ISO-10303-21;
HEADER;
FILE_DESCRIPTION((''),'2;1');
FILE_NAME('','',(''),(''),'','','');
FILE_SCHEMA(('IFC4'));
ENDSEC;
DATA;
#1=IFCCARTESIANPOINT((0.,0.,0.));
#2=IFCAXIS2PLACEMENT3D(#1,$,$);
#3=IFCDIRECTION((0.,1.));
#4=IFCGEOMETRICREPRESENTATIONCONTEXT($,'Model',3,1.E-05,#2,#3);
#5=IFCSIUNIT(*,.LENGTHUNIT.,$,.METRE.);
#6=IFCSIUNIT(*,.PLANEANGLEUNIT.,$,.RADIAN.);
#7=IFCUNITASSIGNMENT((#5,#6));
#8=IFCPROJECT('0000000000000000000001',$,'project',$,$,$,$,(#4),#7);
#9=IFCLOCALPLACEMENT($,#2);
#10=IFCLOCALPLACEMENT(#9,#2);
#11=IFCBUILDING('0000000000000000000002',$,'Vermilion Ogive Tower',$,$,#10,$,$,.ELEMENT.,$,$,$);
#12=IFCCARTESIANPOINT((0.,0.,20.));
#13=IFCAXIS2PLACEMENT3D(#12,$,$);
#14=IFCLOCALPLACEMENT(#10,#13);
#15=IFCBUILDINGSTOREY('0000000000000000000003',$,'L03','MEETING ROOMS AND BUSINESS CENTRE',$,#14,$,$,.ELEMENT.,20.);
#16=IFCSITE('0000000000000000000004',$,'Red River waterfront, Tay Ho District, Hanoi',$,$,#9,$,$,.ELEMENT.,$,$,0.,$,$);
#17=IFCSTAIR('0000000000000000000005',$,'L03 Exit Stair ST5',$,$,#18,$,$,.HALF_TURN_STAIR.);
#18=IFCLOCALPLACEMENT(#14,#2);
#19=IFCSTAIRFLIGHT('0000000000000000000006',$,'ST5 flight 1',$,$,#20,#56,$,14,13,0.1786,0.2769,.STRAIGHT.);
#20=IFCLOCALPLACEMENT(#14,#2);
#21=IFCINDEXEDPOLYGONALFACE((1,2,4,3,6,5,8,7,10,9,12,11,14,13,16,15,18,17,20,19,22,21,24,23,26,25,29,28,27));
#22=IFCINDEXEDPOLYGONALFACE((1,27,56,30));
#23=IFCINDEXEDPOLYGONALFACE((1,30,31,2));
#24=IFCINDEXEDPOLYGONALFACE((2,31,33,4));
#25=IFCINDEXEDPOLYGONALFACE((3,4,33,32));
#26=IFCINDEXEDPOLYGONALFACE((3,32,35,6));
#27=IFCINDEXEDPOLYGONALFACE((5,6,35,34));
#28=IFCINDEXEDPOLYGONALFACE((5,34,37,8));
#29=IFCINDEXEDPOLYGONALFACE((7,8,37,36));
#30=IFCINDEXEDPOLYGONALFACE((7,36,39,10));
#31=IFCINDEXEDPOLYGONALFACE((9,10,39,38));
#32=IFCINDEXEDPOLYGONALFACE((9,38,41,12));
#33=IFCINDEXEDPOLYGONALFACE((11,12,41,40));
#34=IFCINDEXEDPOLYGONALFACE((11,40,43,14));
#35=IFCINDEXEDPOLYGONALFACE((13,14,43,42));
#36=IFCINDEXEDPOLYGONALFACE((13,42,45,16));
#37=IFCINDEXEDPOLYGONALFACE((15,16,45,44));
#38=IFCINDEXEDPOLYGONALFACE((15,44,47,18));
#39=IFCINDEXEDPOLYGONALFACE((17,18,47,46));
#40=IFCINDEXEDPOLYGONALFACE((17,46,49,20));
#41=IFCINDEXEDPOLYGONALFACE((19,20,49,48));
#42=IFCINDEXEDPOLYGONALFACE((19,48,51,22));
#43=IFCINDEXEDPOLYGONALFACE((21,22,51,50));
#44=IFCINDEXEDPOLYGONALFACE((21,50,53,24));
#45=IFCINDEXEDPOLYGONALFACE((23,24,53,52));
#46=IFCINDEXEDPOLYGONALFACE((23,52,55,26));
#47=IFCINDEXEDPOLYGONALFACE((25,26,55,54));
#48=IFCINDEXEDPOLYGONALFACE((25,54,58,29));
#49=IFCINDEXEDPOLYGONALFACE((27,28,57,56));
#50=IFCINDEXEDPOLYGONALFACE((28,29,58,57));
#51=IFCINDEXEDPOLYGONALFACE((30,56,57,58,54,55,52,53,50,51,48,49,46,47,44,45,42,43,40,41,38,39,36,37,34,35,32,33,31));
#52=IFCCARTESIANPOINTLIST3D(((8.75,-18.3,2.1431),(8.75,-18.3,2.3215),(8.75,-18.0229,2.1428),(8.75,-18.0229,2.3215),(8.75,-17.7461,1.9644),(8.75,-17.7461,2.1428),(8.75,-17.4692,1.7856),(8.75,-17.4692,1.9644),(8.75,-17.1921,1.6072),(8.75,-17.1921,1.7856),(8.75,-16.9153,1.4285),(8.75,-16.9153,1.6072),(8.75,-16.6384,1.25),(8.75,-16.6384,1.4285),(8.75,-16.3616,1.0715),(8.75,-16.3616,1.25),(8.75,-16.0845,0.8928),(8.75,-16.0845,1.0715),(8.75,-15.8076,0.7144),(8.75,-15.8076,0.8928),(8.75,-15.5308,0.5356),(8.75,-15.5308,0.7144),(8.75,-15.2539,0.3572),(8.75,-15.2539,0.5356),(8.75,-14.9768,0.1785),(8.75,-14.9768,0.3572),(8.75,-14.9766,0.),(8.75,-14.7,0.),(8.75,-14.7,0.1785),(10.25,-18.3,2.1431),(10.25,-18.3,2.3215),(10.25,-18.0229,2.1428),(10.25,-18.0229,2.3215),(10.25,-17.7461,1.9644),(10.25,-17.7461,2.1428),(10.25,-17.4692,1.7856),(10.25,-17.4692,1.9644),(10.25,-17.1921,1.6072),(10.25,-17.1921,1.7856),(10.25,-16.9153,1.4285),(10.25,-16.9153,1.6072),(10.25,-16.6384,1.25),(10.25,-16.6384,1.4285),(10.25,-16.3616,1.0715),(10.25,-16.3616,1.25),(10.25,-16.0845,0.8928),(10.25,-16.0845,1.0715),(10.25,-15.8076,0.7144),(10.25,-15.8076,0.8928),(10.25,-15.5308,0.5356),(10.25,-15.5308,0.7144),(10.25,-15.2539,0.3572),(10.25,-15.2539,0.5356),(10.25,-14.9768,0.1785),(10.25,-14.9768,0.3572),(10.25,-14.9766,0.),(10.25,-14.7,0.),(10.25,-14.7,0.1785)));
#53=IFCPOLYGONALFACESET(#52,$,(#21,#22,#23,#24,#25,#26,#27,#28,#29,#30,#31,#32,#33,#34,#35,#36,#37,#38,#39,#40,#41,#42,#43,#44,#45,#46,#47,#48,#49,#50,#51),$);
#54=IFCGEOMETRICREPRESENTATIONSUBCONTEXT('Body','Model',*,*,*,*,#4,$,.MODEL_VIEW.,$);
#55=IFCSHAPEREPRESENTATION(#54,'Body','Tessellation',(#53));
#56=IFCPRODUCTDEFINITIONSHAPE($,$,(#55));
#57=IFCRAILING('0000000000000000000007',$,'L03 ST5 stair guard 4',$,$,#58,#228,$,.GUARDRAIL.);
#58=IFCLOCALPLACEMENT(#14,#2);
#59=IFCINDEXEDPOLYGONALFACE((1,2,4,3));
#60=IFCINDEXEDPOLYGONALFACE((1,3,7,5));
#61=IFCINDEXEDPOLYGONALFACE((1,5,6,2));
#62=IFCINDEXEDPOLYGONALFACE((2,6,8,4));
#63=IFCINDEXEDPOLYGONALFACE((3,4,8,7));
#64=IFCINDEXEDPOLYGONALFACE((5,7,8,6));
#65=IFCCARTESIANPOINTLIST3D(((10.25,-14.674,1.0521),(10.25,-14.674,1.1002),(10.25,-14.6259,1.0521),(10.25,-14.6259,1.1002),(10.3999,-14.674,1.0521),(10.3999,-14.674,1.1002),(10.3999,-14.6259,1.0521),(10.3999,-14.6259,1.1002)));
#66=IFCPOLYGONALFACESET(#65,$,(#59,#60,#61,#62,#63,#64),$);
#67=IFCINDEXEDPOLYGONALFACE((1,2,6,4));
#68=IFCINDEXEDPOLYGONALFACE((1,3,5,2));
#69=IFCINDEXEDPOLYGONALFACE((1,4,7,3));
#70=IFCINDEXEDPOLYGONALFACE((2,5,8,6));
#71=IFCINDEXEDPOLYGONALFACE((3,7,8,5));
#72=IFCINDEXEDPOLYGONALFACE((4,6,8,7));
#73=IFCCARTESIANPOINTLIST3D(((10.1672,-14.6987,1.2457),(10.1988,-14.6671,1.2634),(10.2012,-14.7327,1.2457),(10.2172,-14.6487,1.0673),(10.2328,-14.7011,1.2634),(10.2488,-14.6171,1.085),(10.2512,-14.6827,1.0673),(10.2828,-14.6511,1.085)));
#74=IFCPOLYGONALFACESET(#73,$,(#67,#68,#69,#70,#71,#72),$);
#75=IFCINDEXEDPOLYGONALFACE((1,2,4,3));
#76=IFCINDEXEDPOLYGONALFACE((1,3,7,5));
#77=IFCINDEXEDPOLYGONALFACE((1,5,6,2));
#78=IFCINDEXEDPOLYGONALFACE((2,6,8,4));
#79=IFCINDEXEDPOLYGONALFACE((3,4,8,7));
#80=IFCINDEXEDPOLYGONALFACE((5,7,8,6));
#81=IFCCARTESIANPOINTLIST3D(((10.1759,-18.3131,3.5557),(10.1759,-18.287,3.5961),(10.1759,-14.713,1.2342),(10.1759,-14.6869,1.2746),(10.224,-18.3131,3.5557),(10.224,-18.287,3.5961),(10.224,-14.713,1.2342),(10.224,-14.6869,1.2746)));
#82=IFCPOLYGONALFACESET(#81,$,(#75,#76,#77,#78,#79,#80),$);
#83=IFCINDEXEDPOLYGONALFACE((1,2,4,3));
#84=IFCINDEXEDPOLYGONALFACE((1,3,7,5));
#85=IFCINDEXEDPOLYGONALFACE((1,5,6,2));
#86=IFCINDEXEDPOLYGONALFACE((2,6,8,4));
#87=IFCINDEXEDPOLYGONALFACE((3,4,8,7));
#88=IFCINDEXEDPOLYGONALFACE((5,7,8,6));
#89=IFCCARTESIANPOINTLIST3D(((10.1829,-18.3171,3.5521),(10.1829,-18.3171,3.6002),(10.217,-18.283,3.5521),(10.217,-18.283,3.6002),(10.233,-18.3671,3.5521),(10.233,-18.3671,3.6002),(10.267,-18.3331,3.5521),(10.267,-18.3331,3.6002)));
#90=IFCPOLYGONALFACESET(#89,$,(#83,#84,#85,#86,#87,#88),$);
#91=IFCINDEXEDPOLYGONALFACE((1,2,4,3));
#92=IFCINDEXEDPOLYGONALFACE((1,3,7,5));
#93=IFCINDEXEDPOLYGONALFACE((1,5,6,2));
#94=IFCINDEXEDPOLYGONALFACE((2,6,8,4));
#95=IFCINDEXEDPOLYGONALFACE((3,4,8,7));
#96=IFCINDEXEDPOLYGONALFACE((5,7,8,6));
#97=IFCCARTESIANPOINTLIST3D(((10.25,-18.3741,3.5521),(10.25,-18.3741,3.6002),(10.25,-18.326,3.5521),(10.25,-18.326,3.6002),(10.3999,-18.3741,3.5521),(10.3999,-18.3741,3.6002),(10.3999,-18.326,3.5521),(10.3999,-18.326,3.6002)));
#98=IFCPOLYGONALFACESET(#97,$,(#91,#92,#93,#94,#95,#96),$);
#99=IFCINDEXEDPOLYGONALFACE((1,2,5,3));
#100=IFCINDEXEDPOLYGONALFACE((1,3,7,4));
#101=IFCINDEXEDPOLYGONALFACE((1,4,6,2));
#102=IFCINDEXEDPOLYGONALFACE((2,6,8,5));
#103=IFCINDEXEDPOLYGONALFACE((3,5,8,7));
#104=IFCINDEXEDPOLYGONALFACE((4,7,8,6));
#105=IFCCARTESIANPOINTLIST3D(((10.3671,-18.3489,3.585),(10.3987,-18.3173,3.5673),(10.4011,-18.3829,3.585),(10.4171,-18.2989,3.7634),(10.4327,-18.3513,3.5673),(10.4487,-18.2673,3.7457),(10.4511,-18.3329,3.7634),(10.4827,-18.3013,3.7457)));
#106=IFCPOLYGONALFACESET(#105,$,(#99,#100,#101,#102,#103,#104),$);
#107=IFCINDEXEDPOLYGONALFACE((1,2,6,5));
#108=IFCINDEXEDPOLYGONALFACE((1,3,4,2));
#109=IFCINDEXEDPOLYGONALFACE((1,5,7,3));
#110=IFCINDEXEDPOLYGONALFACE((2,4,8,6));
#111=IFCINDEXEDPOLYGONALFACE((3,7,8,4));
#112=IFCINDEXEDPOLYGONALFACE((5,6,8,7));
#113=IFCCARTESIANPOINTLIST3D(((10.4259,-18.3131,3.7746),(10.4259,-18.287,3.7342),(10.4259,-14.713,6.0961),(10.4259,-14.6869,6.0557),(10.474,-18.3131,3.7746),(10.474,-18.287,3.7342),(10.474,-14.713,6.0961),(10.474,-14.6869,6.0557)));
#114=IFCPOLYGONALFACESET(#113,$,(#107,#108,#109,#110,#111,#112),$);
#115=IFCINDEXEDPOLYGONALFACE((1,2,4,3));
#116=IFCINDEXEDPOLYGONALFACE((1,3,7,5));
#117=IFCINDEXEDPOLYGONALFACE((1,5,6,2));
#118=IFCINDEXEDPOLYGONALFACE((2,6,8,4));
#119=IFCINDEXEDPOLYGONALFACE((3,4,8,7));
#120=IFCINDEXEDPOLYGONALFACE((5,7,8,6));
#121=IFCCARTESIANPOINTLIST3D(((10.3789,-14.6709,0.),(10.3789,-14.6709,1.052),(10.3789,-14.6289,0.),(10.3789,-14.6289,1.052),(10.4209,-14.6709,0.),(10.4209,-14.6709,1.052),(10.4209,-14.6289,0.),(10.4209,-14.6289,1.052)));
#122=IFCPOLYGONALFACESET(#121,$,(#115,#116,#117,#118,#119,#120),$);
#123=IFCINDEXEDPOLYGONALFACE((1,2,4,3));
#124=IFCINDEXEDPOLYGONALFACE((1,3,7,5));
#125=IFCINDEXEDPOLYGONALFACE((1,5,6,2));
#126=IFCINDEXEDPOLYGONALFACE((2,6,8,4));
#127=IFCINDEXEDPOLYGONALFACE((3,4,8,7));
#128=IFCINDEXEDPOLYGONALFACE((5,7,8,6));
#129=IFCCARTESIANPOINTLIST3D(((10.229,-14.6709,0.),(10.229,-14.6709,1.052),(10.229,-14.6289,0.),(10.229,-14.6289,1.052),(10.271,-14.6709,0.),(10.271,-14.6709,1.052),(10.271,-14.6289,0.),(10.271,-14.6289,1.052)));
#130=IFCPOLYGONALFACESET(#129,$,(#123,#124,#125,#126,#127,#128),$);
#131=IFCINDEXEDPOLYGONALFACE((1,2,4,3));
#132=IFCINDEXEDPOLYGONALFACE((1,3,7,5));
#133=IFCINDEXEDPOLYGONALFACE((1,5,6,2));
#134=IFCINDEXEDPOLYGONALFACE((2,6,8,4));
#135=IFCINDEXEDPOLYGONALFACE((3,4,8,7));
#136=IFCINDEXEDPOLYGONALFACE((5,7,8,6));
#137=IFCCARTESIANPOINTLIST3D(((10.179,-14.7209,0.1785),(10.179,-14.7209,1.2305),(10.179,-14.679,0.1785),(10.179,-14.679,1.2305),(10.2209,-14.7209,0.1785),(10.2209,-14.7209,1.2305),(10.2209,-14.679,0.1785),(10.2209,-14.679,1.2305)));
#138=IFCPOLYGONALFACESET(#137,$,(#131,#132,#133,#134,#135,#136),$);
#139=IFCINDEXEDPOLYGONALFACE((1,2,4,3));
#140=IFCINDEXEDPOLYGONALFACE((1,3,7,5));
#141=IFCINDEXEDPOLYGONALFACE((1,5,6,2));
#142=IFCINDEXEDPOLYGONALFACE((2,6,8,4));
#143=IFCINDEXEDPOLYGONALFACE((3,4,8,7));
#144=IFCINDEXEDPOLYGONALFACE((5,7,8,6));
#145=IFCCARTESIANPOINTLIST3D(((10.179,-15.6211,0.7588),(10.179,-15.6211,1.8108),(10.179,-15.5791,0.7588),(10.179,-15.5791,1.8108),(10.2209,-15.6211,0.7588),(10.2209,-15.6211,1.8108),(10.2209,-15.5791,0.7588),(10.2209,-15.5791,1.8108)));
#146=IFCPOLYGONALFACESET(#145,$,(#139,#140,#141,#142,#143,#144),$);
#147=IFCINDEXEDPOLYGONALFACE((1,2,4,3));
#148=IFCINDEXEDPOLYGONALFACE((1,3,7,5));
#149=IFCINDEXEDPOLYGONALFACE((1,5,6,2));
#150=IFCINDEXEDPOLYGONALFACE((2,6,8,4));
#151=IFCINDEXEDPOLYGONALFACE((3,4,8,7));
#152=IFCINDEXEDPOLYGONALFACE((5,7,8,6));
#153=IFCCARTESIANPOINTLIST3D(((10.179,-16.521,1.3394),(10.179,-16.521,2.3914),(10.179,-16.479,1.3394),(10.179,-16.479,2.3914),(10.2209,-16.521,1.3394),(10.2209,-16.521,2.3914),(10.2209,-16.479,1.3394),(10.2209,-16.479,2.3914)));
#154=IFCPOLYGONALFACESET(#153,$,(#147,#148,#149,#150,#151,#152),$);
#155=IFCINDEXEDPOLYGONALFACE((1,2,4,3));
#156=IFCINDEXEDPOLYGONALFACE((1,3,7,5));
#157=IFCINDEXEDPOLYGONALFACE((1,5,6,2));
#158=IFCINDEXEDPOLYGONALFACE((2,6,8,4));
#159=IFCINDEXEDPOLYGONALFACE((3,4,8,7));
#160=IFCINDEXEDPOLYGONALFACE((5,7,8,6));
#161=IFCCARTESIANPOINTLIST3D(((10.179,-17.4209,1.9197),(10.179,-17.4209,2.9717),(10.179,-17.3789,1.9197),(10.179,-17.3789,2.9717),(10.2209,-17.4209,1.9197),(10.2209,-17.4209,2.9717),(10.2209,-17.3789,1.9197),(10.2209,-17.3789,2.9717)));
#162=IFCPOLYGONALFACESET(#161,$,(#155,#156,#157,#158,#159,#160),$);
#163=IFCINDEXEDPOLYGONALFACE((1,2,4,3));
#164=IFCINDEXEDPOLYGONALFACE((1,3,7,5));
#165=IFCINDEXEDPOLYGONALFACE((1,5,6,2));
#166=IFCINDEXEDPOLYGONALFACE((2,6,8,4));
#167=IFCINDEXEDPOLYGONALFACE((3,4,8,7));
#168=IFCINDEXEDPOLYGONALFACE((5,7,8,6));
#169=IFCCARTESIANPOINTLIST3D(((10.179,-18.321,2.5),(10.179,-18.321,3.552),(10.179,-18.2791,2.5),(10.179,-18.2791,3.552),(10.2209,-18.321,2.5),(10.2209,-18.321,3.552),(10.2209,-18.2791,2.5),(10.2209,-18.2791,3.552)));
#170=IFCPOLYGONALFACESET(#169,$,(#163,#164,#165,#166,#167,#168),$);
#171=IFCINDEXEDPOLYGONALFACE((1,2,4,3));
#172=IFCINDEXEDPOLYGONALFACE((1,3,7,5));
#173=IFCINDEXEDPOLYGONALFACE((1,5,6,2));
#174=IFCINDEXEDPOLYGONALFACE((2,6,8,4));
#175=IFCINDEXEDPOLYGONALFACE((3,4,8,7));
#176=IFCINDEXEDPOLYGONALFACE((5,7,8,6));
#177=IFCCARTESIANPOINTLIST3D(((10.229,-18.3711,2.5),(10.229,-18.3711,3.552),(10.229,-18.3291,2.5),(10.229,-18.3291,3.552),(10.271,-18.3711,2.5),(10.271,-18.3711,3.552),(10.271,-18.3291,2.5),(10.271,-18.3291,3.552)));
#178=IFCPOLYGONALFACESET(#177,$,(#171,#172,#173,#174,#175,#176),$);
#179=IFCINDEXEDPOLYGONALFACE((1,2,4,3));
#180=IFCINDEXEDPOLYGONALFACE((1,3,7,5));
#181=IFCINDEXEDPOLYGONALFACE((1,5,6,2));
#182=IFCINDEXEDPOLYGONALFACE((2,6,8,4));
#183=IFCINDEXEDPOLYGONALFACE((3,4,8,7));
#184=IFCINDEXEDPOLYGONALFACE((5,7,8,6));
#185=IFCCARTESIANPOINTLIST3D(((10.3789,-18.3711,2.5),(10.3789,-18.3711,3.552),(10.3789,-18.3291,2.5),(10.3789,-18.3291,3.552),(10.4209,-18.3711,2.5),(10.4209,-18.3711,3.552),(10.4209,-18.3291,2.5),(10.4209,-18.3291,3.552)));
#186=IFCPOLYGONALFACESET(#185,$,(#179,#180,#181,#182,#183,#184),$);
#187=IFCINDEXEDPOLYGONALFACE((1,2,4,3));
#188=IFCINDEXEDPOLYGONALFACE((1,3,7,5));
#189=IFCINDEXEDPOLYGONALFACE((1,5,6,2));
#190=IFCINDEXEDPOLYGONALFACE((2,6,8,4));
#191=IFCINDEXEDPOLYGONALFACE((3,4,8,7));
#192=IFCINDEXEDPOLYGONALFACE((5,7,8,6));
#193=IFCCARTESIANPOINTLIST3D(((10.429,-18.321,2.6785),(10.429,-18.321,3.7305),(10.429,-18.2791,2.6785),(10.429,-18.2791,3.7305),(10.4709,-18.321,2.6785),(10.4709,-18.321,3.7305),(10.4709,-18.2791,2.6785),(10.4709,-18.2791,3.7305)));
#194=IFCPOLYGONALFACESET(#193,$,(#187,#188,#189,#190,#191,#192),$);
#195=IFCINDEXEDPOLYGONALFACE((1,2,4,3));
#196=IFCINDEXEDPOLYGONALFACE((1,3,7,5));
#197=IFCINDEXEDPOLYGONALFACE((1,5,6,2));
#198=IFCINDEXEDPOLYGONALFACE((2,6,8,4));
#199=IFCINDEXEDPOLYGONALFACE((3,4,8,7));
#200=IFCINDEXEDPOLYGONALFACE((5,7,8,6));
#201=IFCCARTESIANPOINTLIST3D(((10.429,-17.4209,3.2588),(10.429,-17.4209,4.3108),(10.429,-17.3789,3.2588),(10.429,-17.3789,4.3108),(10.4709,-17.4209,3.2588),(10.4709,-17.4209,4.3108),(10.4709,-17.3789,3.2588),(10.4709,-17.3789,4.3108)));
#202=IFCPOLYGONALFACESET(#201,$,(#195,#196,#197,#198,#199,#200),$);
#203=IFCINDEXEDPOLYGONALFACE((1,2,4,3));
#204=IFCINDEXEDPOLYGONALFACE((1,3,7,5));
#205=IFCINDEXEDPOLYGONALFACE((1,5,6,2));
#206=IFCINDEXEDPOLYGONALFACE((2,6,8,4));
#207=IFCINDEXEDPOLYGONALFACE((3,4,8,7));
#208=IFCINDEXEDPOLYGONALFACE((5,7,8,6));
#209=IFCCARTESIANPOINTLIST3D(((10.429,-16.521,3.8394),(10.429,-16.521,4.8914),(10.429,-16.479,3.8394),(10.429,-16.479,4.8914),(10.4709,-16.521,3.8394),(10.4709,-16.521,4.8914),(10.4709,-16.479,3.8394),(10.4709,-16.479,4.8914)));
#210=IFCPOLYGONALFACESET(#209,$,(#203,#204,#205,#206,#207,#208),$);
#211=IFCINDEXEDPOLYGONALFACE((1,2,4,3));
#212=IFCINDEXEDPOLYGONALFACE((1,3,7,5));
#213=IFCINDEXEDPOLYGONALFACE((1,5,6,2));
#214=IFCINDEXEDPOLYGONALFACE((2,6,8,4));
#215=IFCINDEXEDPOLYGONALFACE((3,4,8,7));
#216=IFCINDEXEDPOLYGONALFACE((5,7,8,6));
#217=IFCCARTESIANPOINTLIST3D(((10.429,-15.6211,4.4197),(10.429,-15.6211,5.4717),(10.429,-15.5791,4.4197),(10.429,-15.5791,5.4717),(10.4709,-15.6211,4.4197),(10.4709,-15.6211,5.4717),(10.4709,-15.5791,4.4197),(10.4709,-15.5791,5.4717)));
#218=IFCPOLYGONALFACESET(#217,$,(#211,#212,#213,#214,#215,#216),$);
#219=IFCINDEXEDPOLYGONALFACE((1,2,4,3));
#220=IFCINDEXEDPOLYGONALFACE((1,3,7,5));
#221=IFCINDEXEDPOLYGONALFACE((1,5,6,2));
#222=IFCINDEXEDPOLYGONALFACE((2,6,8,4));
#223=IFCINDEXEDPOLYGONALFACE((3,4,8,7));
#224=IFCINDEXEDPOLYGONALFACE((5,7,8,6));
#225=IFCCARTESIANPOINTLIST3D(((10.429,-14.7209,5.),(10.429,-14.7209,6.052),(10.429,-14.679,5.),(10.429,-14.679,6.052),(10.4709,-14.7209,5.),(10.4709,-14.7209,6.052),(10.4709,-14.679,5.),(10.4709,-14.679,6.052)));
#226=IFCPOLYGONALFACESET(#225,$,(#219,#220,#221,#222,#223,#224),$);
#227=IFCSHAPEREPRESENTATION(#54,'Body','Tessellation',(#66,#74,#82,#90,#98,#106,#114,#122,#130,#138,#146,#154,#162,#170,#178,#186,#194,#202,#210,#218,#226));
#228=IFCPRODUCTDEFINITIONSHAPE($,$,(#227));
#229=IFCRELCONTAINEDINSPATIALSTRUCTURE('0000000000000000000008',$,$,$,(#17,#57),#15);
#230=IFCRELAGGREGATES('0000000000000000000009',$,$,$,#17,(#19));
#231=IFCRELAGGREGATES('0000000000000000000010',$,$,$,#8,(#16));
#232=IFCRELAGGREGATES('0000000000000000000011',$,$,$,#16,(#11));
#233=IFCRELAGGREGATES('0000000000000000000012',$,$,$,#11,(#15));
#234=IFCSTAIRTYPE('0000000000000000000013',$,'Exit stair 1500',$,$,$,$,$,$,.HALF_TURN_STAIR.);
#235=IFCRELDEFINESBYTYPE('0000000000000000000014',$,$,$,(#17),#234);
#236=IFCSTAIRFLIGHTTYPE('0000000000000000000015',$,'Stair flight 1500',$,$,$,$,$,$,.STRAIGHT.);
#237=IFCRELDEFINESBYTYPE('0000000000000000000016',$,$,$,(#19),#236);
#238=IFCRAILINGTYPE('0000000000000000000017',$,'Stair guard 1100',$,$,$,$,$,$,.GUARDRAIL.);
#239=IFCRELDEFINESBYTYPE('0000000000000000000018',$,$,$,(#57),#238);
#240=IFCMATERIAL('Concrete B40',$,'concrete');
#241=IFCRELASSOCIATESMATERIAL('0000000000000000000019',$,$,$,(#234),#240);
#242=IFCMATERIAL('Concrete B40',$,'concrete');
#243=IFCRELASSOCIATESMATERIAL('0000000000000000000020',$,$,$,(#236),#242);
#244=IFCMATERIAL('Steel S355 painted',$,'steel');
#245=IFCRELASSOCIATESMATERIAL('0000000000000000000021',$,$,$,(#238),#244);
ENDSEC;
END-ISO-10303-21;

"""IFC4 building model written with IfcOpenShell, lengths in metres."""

from ifc_helpers import new_model, si_unit, direction, frame, origin, origin_2d, place, context, subcontext, project, spatial, polyline, rectangle, outline, extrude, material, type_object, element, aggregate, save


model = new_model("IFC4")

# Units and contexts
model_context = context("Model", 3, precision=1e-05, world=origin(), true_north=direction((0.0, 1.0)))
body_context = subcontext(model_context, "Body", "Model", "MODEL_VIEW")
ifc_project = project(units=[si_unit("LENGTHUNIT", "METRE"), si_unit("PLANEANGLEUNIT", "RADIAN")], contexts=[model_context])

# Site, building, storey
site_placement = place(None, origin())
site = spatial("IfcSite", under=ifc_project, at=site_placement, Name="Red River waterfront, Tay Ho District, Hanoi", CompositionType="ELEMENT", RefElevation=0.0)
building_placement = place(site_placement, origin())
building = spatial("IfcBuilding", under=site, at=building_placement, Name="Vermilion Ogive Tower", CompositionType="ELEMENT")
storey_placement = place(building_placement, frame((0.0, 0.0, 20.0)))
storey = spatial("IfcBuildingStorey", under=building, at=storey_placement, Name="L03", Description="MEETING ROOMS AND BUSINESS CENTRE", CompositionType="ELEMENT", Elevation=20.0)

# Stair, stair flight
ifc_material_1 = material(Name="Concrete B40", Category="concrete")
stair_type = type_object("IfcStairType", Name="Exit stair 1500", PredefinedType="HALF_TURN_STAIR", material=ifc_material_1)
stair_placement = place(storey_placement, origin())
stair = element("IfcStair", 1, at=stair_placement, inside=storey, type_object=stair_type, Name="L03 Exit Stair ST5", PredefinedType="HALF_TURN_STAIR")
ifc_material_2 = material(Name="Concrete B40", Category="concrete")
stair_flight_type = type_object("IfcStairFlightType", Name="Stair flight 1500", PredefinedType="STRAIGHT", material=ifc_material_2)
stair_flight_placement = place(storey_placement, frame((9.5, -14.7, 0.0), z_axis=(0.0, 0.0, 1.0), x_axis=(0.0, -1.0, 0.0)))
stair_flight = element("IfcStairFlight", 2, at=stair_flight_placement, type_object=stair_flight_type, Name="ST5 flight 1", NumberOfRisers=14, NumberOfTreads=13, PredefinedType="STRAIGHT", RiserHeight=0.1786, TreadLength=0.2769, context=body_context, shape_type="SweptSolid", body=[
    extrude(outline(polyline([(0.0, 0.0), (0.0, 0.1785), (0.2769, 0.1785), (0.2769, 0.3572), (0.554, 0.3572), (0.554, 0.5356), (0.8308, 0.5356), (0.8308, 0.7144), (1.1077, 0.7144), (1.1077, 0.8928), (1.3845, 0.8928), (1.3845, 1.0715), (1.6616, 1.0715), (1.6616, 1.25), (1.9385, 1.25), (1.9385, 1.4285), (2.2153, 1.4285), (2.2153, 1.6072), (2.4922, 1.6072), (2.4922, 1.7856), (2.7693, 1.7856), (2.7693, 1.9644), (3.0461, 1.9644), (3.0461, 2.1428), (3.323, 2.1428), (3.323, 2.3215), (3.6001, 2.3215), (3.6001, 2.5), (3.6001, 2.1431), (0.2766, 0.0), (0.0, 0.0)])), frame((0.0, 0.75, 0.0), z_axis=(0.0, -1.0, 0.0), x_axis=(1.0, 0.0, 0.0)), (0.0, 0.0, 1.0), 1.5),
])
aggregate(stair, [stair_flight])

# Railing
ifc_material_3 = material(Name="Steel S355 painted", Category="steel")
railing_type_1 = type_object("IfcRailingType", Name="Stair guard 1100", PredefinedType="GUARDRAIL", material=ifc_material_3)
railing_1_placement = place(storey_placement, frame((10.3999, -14.6499, 0.0)))
element("IfcRailing", 3, at=railing_1_placement, inside=storey, type_object=railing_type_1, Name="L03 ST5 stair guard 4", PredefinedType="GUARDRAIL", context=body_context, shape_type="SweptSolid", body=[
    extrude(rectangle(XDim=0.0481, YDim=0.0481, at=origin_2d()), frame((0.0, 0.0, 1.0762), z_axis=(-1.0, 0.0, 0.0), x_axis=(0.0, -1.0, 0.0)), (0.0, 0.0, 1.0), 0.1499),
    extrude(rectangle(XDim=0.0481, YDim=0.0481, at=origin_2d()), frame((-0.1499, 0.0, 1.0762), z_axis=(-0.260685, -0.260685, 0.929563), x_axis=(0.707107, -0.707107, 0.0)), (0.0, 0.0, 1.0), 0.1919),
    extrude(rectangle(XDim=0.0481, YDim=0.0481, at=origin_2d()), frame((-0.2, -0.05, 1.2544), z_axis=(0.0, -0.840415, 0.541944), x_axis=(1.0, 0.0, 0.0)), (0.0, 0.0, 1.0), 4.2837),
    extrude(rectangle(XDim=0.0481, YDim=0.0481, at=origin_2d()), frame((-0.2, -3.6501, 3.5762), z_axis=(0.707107, -0.707107, 0.0), x_axis=(0.707107, 0.707107, 0.0)), (0.0, 0.0, 1.0), 0.0708),
    extrude(rectangle(XDim=0.0481, YDim=0.0481, at=origin_2d()), frame((-0.1499, -3.7002, 3.5762), z_axis=(1.0, 0.0, 0.0), x_axis=(0.0, 1.0, 0.0)), (0.0, 0.0, 1.0), 0.1499),
    extrude(rectangle(XDim=0.0481, YDim=0.0481, at=origin_2d()), frame((0.0, -3.7002, 3.5762), z_axis=(0.260685, 0.260685, 0.929563), x_axis=(-0.707107, 0.707107, 0.0)), (0.0, 0.0, 1.0), 0.1919),
    extrude(rectangle(XDim=0.0481, YDim=0.0481, at=origin_2d()), frame((0.05, -3.6501, 3.7544), z_axis=(0.0, 0.840415, 0.541944), x_axis=(-1.0, 0.0, 0.0)), (0.0, 0.0, 1.0), 4.2837),
    extrude(rectangle(XDim=0.042, YDim=0.042, at=origin_2d()), origin(), (0.0, 0.0, 1.0), 1.052),
    extrude(rectangle(XDim=0.042, YDim=0.042, at=origin_2d()), frame((-0.1499, 0.0, 0.0)), (0.0, 0.0, 1.0), 1.052),
    extrude(rectangle(XDim=0.042, YDim=0.042, at=origin_2d()), frame((-0.2, -0.05, 0.1785)), (0.0, 0.0, 1.0), 1.052),
    extrude(rectangle(XDim=0.042, YDim=0.042, at=origin_2d()), frame((-0.2, -0.9502, 0.7588)), (0.0, 0.0, 1.0), 1.052),
    extrude(rectangle(XDim=0.042, YDim=0.042, at=origin_2d()), frame((-0.2, -1.8501, 1.3394)), (0.0, 0.0, 1.0), 1.052),
    extrude(rectangle(XDim=0.042, YDim=0.042, at=origin_2d()), frame((-0.2, -2.75, 1.9197)), (0.0, 0.0, 1.0), 1.052),
    extrude(rectangle(XDim=0.042, YDim=0.042, at=origin_2d()), frame((-0.2, -3.6501, 2.5)), (0.0, 0.0, 1.0), 1.052),
    extrude(rectangle(XDim=0.042, YDim=0.042, at=origin_2d()), frame((-0.1499, -3.7002, 2.5)), (0.0, 0.0, 1.0), 1.052),
    extrude(rectangle(XDim=0.042, YDim=0.042, at=origin_2d()), frame((0.0, -3.7002, 2.5)), (0.0, 0.0, 1.0), 1.052),
    extrude(rectangle(XDim=0.042, YDim=0.042, at=origin_2d()), frame((0.05, -3.6501, 2.6785)), (0.0, 0.0, 1.0), 1.052),
    extrude(rectangle(XDim=0.042, YDim=0.042, at=origin_2d()), frame((0.05, -2.75, 3.2588)), (0.0, 0.0, 1.0), 1.052),
    extrude(rectangle(XDim=0.042, YDim=0.042, at=origin_2d()), frame((0.05, -1.8501, 3.8394)), (0.0, 0.0, 1.0), 1.052),
    extrude(rectangle(XDim=0.042, YDim=0.042, at=origin_2d()), frame((0.05, -0.9502, 4.4197)), (0.0, 0.0, 1.0), 1.052),
    extrude(rectangle(XDim=0.042, YDim=0.042, at=origin_2d()), frame((0.05, -0.05, 5.0)), (0.0, 0.0, 1.0), 1.052),
])

save(model, "model.ifc")
